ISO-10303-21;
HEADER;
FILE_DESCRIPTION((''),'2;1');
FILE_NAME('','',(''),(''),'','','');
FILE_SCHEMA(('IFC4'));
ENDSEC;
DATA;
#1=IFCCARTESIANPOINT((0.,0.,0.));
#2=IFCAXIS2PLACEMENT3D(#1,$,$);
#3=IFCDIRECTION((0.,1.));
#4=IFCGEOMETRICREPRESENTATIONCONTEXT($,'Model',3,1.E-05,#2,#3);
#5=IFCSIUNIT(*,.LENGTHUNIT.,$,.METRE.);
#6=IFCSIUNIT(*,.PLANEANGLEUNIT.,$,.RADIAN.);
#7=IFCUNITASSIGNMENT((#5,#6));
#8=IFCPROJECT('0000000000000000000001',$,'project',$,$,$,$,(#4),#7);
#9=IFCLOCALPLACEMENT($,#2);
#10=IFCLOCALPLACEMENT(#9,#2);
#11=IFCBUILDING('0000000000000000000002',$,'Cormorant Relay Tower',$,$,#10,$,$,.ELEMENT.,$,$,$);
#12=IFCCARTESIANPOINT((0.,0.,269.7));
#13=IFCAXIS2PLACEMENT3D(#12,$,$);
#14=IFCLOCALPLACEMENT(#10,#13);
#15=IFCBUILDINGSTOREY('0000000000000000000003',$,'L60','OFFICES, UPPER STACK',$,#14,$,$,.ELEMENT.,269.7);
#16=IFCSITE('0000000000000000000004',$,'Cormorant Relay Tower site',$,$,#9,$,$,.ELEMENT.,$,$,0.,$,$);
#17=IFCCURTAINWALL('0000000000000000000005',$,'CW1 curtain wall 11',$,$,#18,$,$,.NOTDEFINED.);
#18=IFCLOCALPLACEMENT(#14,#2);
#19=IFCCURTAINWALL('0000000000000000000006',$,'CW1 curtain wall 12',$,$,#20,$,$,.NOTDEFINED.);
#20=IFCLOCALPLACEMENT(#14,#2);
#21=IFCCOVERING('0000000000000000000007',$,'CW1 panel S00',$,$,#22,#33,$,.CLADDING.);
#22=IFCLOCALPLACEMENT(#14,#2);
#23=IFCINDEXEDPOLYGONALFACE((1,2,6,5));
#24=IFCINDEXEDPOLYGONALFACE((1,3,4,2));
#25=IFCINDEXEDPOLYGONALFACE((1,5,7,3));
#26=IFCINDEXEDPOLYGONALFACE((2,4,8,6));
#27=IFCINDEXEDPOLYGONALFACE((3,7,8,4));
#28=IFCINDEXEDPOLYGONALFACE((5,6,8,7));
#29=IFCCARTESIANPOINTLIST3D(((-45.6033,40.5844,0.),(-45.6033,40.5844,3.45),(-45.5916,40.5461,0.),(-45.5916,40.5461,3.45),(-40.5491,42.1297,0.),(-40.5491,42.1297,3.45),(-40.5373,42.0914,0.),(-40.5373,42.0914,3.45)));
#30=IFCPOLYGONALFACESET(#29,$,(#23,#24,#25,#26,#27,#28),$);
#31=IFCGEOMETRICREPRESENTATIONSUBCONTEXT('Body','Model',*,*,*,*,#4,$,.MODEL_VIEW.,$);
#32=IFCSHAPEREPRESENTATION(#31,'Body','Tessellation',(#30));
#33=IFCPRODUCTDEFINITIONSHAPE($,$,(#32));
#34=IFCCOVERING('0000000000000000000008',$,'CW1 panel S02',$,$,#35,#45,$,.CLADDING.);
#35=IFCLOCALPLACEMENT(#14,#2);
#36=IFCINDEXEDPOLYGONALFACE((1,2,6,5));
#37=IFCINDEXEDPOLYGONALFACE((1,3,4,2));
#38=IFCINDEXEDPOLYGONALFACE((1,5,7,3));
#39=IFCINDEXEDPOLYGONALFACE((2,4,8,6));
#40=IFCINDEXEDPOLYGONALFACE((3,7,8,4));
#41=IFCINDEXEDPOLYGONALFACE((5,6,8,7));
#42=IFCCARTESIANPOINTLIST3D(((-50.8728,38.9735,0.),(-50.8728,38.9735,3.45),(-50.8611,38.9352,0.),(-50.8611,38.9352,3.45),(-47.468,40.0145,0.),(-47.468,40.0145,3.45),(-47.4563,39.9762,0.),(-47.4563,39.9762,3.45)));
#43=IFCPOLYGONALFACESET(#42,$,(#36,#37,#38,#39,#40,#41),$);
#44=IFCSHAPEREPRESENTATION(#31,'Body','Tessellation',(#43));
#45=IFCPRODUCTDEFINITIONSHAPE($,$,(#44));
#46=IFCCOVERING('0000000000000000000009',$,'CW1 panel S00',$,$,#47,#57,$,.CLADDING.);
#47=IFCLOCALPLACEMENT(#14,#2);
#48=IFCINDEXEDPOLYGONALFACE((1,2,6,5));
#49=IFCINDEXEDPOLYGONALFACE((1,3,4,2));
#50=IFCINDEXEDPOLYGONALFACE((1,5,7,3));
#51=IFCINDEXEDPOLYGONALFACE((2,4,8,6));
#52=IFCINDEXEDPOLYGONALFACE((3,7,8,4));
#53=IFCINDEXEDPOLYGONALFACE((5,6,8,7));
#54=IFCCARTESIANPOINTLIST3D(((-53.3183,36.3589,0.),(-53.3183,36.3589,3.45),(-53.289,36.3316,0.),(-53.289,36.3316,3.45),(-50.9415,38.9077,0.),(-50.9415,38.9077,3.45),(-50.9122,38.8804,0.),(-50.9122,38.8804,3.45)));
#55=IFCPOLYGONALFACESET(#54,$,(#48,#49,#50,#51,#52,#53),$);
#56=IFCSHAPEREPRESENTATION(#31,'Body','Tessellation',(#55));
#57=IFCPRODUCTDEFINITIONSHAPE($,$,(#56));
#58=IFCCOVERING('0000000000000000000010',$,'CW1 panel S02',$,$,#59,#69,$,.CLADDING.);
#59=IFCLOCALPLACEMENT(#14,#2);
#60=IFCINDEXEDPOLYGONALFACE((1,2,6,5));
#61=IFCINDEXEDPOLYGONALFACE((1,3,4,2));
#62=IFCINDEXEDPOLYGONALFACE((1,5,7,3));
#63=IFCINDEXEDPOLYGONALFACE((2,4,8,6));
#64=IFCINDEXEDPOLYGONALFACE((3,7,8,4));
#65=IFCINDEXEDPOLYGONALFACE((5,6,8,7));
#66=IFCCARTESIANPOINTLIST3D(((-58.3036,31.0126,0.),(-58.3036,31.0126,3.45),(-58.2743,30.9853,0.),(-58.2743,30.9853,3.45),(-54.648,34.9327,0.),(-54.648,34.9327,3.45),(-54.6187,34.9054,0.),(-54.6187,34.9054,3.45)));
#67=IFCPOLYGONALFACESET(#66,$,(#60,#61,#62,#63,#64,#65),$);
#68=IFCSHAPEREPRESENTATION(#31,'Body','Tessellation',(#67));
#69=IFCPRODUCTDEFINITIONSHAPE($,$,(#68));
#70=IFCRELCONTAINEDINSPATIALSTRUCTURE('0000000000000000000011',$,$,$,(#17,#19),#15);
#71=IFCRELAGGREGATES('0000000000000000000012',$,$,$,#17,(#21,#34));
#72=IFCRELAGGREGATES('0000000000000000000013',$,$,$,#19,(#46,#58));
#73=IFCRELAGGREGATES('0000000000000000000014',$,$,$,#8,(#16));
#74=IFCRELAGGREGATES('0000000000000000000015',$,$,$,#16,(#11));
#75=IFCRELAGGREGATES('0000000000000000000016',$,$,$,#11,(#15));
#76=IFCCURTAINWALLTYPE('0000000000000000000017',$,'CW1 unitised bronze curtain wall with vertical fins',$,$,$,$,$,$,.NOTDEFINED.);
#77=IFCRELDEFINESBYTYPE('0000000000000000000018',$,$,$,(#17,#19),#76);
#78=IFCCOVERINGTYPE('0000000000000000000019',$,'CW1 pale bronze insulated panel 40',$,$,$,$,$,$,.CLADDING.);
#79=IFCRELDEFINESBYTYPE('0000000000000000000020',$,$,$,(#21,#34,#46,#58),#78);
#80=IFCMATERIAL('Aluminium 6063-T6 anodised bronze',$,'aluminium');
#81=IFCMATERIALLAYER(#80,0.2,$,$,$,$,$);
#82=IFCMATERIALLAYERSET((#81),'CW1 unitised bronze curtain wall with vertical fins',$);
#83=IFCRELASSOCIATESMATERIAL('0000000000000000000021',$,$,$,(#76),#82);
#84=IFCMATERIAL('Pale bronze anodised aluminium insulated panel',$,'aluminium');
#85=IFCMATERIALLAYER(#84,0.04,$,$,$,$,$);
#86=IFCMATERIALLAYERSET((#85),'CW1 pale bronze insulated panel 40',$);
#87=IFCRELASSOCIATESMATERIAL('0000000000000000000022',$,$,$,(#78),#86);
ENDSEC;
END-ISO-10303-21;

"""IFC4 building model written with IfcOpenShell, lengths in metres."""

from ifc_helpers import new_model, si_unit, direction, frame, origin, origin_2d, place, context, subcontext, project, spatial, rectangle, extrude, material, layer, layer_set, type_object, element, aggregate, save


model = new_model("IFC4")

# Units and contexts
model_context = context("Model", 3, precision=1e-05, world=origin(), true_north=direction((0.0, 1.0)))
body_context = subcontext(model_context, "Body", "Model", "MODEL_VIEW")
ifc_project = project(units=[si_unit("LENGTHUNIT", "METRE"), si_unit("PLANEANGLEUNIT", "RADIAN")], contexts=[model_context])

# Site, building, storey
site_placement = place(None, origin())
site = spatial("IfcSite", under=ifc_project, at=site_placement, Name="Cormorant Relay Tower site", CompositionType="ELEMENT", RefElevation=0.0)
building_placement = place(site_placement, origin())
building = spatial("IfcBuilding", under=site, at=building_placement, Name="Cormorant Relay Tower", CompositionType="ELEMENT")
storey_placement = place(building_placement, frame((0.0, 0.0, 269.7)))
storey = spatial("IfcBuildingStorey", under=building, at=storey_placement, Name="L60", Description="OFFICES, UPPER STACK", CompositionType="ELEMENT", Elevation=269.7)

# Curtain walls
ifc_material_1 = material(Name="Aluminium 6063-T6 anodised bronze", Category="aluminium")
ifc_layer_1 = layer(ifc_material_1, 0.2)
ifc_layer_set_1 = layer_set([ifc_layer_1], Name="CW1 unitised bronze curtain wall with vertical fins")
curtain_wall_type = type_object("IfcCurtainWallType", Name="CW1 unitised bronze curtain wall with vertical fins", PredefinedType="NOTDEFINED", material=ifc_layer_set_1)
curtain_wall_1_placement = place(storey_placement, origin())
curtain_wall_1 = element("IfcCurtainWall", 1, at=curtain_wall_1_placement, inside=storey, type_object=curtain_wall_type, Name="CW1 curtain wall 11", PredefinedType="NOTDEFINED")
curtain_wall_2_placement = place(storey_placement, origin())
curtain_wall_2 = element("IfcCurtainWall", 2, at=curtain_wall_2_placement, inside=storey, type_object=curtain_wall_type, Name="CW1 curtain wall 12", PredefinedType="NOTDEFINED")

# Coverings
ifc_material_2 = material(Name="Pale bronze anodised aluminium insulated panel", Category="aluminium")
ifc_layer_2 = layer(ifc_material_2, 0.04)
ifc_layer_set_2 = layer_set([ifc_layer_2], Name="CW1 pale bronze insulated panel 40")
covering_type = type_object("IfcCoveringType", Name="CW1 pale bronze insulated panel 40", PredefinedType="CLADDING", material=ifc_layer_set_2)
covering_1_placement = place(storey_placement, frame((-43.0703, 41.3379, 0.0), z_axis=(0.0, 0.0, 1.0), x_axis=(-0.956305, -0.292372, 0.0)))
covering_1 = element("IfcCovering", 3, at=covering_1_placement, type_object=covering_type, Name="CW1 panel S00", PredefinedType="CLADDING", context=body_context, shape_type="SweptSolid", body=[
    extrude(rectangle(XDim=5.2852, YDim=0.04, at=origin_2d()), origin(), (0.0, 0.0, 1.0), 3.45),
])
covering_2_placement = place(storey_placement, frame((-49.1646, 39.4749, 0.0), z_axis=(0.0, 0.0, 1.0), x_axis=(-0.956305, -0.292372, 0.0)))
covering_2 = element("IfcCovering", 4, at=covering_2_placement, type_object=covering_type, Name="CW1 panel S02", PredefinedType="CLADDING", context=body_context, shape_type="SweptSolid", body=[
    extrude(rectangle(XDim=3.5603, YDim=0.04, at=origin_2d()), origin(), (0.0, 0.0, 1.0), 3.45),
])
aggregate(curtain_wall_1, [covering_1, covering_2])
covering_3_placement = place(storey_placement, frame((-52.1152, 37.6196, 0.0), z_axis=(0.0, 0.0, 1.0), x_axis=(-0.681998, -0.731354, 0.0)))
covering_3 = element("IfcCovering", 5, at=covering_3_placement, type_object=covering_type, Name="CW1 panel S00", PredefinedType="CLADDING", context=body_context, shape_type="SweptSolid", body=[
    extrude(rectangle(XDim=3.4851, YDim=0.04, at=origin_2d()), origin(), (0.0, 0.0, 1.0), 3.45),
])
covering_4_placement = place(storey_placement, frame((-56.4612, 32.959, 0.0), z_axis=(0.0, 0.0, 1.0), x_axis=(-0.681998, -0.731354, 0.0)))
covering_4 = element("IfcCovering", 6, at=covering_4_placement, type_object=covering_type, Name="CW1 panel S02", PredefinedType="CLADDING", context=body_context, shape_type="SweptSolid", body=[
    extrude(rectangle(XDim=5.3601, YDim=0.04, at=origin_2d()), origin(), (0.0, 0.0, 1.0), 3.45),
])
aggregate(curtain_wall_2, [covering_3, covering_4])

save(model, "model.ifc")
